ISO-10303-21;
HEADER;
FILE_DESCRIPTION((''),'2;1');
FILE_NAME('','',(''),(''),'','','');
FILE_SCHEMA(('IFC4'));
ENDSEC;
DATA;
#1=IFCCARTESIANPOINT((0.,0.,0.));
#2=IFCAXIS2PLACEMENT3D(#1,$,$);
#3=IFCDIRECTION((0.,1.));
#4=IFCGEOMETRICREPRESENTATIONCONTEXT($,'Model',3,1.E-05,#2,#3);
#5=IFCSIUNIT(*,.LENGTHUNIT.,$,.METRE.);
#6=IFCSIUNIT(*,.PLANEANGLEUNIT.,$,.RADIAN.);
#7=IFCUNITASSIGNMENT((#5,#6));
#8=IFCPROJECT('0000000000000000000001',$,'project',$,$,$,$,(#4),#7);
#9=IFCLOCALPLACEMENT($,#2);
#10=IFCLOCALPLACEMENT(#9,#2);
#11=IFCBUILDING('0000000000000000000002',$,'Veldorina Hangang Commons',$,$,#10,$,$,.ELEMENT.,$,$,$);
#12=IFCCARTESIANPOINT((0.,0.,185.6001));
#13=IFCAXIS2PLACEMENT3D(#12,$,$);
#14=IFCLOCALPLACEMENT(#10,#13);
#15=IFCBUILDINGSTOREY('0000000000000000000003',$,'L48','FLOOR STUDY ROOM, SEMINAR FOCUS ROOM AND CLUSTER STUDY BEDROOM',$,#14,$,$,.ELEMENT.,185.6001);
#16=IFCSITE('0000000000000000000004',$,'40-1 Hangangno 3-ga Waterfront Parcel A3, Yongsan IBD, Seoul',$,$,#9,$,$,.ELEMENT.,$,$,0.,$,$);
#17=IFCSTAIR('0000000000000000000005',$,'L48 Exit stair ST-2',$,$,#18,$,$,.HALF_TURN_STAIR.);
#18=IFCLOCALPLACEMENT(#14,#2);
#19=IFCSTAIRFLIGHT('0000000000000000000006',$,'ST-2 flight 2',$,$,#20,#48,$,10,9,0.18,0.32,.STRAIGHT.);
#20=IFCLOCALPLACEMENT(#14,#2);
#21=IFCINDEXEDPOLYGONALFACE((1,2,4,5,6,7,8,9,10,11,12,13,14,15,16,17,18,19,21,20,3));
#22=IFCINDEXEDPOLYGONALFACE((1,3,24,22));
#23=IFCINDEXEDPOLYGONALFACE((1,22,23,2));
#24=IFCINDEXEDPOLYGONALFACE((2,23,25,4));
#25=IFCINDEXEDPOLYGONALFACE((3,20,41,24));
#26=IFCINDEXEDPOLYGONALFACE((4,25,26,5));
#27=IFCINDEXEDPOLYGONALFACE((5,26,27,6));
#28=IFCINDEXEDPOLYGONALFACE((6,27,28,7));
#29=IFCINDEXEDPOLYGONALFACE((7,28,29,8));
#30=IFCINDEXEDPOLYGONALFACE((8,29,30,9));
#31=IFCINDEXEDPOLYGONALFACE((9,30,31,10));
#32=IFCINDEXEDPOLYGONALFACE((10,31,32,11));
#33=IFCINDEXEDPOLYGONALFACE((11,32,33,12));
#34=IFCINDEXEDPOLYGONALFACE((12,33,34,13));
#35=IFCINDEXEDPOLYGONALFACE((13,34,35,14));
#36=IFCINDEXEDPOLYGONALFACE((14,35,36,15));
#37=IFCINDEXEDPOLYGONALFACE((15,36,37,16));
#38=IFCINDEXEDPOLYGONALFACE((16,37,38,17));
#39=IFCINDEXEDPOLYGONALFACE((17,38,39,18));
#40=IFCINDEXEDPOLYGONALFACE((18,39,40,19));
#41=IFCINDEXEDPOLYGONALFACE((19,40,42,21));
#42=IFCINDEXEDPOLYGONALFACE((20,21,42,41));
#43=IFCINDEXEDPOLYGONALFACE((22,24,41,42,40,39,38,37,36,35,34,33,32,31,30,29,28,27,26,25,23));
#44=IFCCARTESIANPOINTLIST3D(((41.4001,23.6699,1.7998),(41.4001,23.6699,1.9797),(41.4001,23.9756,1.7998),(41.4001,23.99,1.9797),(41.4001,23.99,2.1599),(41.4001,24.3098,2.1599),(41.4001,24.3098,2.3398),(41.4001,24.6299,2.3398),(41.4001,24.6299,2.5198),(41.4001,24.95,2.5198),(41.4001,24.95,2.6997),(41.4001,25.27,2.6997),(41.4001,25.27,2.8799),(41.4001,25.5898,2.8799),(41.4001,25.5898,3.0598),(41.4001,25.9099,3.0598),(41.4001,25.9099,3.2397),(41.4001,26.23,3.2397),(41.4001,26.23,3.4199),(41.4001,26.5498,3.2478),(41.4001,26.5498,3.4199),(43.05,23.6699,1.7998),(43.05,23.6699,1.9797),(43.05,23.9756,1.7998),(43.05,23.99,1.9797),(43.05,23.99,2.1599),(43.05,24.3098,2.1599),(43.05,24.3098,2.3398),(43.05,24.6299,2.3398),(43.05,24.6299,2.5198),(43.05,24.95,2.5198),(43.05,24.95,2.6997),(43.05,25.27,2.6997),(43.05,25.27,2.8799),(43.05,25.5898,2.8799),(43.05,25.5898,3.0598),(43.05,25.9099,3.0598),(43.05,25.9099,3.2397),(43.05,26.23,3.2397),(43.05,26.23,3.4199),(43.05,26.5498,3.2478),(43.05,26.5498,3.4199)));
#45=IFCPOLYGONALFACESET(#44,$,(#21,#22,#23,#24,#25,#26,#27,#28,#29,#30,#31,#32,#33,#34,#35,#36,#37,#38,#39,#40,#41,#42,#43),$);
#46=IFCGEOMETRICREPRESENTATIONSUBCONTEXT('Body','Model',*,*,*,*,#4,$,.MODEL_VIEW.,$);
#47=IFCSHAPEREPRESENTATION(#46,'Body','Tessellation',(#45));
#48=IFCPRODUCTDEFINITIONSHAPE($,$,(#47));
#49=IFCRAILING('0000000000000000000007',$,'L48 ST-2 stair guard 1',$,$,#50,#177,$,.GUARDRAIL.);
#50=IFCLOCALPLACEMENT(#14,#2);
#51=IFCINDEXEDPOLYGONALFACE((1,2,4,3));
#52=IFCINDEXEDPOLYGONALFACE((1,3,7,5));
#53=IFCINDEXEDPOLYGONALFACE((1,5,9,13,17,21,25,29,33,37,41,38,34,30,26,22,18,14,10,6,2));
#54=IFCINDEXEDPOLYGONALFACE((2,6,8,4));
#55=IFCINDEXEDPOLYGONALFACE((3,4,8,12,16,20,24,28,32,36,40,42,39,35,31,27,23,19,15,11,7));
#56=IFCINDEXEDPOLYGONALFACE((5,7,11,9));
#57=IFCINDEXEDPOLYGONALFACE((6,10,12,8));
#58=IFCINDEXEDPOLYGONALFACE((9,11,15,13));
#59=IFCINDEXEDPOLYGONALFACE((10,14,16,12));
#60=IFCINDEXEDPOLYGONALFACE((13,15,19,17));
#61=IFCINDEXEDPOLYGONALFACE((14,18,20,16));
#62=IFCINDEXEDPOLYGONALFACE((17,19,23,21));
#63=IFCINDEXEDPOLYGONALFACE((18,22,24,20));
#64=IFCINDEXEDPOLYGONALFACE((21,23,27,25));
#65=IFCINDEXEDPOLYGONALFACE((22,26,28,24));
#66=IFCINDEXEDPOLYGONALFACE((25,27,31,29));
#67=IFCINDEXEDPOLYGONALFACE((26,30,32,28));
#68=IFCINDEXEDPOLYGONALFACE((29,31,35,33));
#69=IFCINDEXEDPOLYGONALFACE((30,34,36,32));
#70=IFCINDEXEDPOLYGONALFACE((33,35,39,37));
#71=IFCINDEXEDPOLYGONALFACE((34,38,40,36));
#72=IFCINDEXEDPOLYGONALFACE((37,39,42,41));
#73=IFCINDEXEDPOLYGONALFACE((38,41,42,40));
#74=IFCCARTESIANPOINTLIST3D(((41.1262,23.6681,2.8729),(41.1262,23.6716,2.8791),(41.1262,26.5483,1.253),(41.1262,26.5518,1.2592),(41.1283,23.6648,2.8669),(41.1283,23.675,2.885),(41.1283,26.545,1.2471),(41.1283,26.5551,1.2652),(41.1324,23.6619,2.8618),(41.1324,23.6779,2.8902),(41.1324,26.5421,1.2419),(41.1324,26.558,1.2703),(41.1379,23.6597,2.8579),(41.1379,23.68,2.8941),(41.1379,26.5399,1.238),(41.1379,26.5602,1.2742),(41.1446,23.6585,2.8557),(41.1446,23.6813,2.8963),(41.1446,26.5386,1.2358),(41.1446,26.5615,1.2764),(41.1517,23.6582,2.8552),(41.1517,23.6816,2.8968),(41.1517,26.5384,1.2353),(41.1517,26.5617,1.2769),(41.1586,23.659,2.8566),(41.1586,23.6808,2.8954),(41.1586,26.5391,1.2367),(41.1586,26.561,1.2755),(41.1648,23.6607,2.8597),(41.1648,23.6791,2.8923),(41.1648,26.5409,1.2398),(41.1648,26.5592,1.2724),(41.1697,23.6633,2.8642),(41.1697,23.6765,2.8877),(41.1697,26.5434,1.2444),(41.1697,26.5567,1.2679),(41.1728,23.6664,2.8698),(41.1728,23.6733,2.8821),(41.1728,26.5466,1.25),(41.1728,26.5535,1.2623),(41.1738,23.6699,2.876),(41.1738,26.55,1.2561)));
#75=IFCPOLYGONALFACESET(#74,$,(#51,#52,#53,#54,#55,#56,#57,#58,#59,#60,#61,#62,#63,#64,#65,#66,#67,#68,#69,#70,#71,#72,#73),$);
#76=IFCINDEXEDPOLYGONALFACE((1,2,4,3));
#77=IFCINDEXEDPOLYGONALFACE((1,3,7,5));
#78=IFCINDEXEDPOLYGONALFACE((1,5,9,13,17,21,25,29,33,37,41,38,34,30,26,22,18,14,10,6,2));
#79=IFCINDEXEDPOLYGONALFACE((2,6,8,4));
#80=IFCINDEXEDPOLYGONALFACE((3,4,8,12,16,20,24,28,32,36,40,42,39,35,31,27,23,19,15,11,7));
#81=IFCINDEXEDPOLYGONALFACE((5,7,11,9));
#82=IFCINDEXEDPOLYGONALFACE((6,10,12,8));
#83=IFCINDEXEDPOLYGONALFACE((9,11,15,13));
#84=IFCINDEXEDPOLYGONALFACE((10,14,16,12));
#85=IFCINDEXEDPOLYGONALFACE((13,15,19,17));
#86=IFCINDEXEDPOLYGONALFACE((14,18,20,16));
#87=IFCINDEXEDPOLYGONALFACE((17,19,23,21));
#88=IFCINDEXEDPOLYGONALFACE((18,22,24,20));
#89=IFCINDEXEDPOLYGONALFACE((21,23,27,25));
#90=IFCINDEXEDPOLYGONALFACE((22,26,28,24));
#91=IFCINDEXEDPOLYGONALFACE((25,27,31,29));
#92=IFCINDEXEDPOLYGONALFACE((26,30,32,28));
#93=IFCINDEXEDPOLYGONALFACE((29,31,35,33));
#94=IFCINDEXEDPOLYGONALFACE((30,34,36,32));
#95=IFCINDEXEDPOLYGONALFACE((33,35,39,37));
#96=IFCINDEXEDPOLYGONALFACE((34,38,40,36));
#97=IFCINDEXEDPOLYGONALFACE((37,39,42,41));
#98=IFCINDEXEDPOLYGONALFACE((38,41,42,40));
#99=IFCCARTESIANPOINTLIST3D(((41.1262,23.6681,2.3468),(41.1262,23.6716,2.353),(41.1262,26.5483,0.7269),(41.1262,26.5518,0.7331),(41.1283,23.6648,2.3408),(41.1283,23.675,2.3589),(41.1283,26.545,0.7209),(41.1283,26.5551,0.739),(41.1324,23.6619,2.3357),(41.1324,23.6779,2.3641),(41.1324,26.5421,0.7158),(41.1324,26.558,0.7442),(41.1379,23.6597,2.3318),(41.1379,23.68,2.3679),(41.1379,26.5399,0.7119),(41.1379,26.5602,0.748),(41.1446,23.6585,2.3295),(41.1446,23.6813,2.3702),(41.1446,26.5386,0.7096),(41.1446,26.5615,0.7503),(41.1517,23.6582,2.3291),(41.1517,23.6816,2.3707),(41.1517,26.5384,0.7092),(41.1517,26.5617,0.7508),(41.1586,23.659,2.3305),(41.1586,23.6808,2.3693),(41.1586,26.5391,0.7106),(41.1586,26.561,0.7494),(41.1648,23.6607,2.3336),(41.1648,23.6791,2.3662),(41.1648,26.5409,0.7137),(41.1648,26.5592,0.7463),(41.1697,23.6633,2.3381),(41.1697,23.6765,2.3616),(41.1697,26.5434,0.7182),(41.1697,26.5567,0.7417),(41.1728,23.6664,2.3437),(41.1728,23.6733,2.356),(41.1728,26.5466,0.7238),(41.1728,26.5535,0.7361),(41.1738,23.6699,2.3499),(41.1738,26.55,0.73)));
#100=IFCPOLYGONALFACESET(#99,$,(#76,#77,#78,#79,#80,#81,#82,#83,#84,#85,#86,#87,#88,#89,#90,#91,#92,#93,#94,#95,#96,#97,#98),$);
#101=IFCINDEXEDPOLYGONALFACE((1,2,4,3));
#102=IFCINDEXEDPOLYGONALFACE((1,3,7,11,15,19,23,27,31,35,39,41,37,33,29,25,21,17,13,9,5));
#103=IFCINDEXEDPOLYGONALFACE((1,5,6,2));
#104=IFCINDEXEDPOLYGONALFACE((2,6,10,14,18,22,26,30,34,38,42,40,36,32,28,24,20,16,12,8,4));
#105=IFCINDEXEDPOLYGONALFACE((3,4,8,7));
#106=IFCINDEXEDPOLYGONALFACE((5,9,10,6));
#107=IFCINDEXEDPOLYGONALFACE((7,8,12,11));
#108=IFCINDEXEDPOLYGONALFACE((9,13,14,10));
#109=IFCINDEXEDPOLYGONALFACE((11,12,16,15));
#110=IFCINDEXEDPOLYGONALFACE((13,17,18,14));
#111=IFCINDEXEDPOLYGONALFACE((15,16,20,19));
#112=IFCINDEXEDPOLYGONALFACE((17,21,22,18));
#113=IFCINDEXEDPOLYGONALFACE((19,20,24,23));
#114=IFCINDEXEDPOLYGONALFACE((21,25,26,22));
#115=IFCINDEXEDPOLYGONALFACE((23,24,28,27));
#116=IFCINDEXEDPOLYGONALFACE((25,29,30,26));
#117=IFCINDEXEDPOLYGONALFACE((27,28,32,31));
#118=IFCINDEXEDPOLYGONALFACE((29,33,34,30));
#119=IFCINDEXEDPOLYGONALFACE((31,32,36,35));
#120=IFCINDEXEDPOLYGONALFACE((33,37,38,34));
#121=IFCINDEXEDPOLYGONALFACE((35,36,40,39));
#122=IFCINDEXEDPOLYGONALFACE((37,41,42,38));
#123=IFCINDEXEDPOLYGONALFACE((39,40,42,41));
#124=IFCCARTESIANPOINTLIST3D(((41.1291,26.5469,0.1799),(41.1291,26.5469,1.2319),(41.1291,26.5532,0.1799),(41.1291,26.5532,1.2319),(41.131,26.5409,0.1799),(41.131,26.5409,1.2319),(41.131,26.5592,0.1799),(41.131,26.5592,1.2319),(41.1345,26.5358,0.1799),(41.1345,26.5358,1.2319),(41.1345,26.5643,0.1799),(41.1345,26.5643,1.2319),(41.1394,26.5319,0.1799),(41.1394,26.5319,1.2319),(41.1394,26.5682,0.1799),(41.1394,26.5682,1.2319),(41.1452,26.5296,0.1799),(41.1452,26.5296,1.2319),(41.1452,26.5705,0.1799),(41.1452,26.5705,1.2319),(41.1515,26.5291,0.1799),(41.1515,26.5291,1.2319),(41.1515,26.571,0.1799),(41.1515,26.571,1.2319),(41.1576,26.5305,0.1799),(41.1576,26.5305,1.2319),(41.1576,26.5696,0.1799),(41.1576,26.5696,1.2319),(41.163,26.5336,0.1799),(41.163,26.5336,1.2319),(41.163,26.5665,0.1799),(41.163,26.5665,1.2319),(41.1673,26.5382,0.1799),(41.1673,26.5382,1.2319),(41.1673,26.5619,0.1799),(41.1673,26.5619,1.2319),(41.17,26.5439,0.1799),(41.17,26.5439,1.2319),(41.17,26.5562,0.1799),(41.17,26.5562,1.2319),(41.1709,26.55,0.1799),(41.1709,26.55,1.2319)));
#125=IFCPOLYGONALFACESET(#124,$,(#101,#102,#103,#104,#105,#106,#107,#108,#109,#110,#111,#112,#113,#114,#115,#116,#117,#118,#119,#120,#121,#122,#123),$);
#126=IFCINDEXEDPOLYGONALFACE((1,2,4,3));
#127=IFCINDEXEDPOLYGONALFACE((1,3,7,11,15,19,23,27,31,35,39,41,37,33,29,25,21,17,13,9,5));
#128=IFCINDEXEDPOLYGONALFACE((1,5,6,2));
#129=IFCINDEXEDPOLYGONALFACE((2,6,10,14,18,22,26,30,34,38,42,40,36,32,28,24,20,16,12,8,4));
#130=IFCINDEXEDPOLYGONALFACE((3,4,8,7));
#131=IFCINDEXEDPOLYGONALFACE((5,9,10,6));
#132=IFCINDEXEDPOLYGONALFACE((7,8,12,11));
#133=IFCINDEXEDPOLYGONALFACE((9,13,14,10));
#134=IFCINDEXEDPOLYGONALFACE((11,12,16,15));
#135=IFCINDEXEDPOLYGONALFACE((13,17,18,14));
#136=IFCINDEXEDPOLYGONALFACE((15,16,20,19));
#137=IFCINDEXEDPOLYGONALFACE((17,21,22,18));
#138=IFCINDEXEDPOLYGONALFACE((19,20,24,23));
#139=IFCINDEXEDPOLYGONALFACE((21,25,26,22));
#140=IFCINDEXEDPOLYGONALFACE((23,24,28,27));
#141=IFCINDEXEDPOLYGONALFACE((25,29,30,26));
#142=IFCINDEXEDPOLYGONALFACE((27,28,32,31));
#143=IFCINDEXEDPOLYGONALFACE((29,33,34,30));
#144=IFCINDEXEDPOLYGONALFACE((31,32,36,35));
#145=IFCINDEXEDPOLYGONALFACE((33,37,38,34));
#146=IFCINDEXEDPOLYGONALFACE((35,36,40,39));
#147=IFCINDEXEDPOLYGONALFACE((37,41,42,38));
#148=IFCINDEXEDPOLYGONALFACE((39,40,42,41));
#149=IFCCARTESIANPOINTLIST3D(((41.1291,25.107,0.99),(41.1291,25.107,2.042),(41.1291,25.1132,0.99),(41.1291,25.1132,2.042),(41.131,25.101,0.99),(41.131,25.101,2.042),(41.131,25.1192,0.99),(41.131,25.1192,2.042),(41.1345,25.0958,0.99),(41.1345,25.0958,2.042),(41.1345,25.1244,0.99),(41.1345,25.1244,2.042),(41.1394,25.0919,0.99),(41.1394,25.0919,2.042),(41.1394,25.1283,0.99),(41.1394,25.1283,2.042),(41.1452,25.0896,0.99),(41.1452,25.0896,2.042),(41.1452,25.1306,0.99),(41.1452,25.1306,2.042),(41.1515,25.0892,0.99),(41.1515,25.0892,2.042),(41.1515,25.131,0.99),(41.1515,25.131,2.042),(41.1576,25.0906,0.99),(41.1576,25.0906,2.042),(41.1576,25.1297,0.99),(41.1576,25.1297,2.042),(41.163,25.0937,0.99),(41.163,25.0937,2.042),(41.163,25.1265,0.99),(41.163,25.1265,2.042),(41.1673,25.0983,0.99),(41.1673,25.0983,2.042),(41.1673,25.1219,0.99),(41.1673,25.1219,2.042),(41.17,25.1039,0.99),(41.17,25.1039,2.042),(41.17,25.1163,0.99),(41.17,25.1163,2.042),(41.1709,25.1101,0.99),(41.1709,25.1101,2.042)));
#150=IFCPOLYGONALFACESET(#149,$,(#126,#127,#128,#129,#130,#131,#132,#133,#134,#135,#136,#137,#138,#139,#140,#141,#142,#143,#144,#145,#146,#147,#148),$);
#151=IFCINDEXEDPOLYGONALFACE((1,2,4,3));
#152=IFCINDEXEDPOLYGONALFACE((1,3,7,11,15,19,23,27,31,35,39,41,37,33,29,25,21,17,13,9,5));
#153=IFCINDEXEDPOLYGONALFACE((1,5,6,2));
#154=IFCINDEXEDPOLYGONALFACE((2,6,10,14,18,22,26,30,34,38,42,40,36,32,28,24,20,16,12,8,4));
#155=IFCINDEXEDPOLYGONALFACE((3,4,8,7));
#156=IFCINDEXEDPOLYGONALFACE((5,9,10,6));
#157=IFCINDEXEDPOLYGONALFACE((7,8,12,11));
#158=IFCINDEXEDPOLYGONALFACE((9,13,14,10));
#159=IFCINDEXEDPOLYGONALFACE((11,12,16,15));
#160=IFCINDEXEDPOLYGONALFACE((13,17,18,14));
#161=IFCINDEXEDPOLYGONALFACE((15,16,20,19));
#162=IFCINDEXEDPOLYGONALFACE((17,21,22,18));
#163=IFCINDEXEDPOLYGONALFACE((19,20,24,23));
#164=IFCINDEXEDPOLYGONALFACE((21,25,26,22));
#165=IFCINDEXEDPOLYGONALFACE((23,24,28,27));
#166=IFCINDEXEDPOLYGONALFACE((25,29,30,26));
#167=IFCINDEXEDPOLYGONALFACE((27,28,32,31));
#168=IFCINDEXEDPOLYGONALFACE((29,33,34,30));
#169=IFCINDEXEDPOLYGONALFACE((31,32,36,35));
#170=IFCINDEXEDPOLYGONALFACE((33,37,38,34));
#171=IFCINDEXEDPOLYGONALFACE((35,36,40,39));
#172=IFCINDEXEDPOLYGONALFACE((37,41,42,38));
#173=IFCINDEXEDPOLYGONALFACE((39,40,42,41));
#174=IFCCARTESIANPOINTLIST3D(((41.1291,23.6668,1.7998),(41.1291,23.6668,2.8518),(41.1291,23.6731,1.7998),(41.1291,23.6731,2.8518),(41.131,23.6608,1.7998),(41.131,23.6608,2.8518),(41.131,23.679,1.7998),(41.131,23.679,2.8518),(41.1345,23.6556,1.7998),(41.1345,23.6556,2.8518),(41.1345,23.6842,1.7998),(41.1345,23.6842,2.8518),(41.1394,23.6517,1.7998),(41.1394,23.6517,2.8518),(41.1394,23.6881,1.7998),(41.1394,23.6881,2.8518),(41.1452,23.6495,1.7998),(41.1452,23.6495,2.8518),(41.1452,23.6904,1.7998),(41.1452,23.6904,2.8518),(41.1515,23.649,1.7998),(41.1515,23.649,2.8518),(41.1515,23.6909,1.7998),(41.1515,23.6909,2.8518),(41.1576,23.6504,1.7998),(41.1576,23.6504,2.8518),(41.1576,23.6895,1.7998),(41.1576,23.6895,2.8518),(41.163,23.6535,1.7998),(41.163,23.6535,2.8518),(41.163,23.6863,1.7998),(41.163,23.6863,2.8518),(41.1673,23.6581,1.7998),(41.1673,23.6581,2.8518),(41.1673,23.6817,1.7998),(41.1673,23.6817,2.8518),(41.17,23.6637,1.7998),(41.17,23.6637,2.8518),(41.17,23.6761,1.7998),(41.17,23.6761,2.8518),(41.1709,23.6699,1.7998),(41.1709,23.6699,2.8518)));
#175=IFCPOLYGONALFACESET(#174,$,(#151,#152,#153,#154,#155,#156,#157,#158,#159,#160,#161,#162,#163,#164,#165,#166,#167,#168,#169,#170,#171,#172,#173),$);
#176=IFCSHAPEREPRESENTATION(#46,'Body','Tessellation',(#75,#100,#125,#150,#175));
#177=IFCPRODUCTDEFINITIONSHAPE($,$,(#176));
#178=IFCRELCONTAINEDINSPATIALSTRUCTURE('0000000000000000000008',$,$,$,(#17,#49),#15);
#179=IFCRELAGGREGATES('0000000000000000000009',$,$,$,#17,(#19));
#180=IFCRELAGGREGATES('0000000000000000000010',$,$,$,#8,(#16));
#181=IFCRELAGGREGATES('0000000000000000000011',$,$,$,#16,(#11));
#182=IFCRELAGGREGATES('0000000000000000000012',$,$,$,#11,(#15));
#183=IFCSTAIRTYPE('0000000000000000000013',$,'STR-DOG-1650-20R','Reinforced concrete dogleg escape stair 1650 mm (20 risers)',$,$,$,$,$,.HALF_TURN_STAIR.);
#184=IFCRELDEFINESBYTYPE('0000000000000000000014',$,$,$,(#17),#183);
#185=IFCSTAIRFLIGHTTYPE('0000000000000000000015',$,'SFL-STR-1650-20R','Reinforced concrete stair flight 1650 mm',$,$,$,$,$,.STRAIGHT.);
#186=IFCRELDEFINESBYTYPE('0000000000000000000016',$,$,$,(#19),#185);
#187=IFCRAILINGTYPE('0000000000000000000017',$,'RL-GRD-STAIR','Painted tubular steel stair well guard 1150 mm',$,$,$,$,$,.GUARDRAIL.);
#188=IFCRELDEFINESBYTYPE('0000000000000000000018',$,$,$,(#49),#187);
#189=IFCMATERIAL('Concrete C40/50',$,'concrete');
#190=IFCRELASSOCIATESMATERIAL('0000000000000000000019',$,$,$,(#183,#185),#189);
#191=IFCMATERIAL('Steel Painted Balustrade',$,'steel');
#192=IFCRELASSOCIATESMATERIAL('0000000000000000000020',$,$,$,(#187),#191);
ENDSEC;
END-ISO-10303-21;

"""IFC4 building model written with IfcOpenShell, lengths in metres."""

from ifc_helpers import new_model, si_unit, direction, frame, origin, origin_2d, place, context, subcontext, project, spatial, polyline, circle, outline, extrude, material, type_object, element, aggregate, save


model = new_model("IFC4")

# Units and contexts
model_context = context("Model", 3, precision=1e-05, world=origin(), true_north=direction((0.0, 1.0)))
body_context = subcontext(model_context, "Body", "Model", "MODEL_VIEW")
ifc_project = project(units=[si_unit("LENGTHUNIT", "METRE"), si_unit("PLANEANGLEUNIT", "RADIAN")], contexts=[model_context])

# Site, building, storey
site_placement = place(None, origin())
site = spatial("IfcSite", under=ifc_project, at=site_placement, Name="40-1 Hangangno 3-ga Waterfront Parcel A3, Yongsan IBD, Seoul", CompositionType="ELEMENT", RefElevation=0.0)
building_placement = place(site_placement, origin())
building = spatial("IfcBuilding", under=site, at=building_placement, Name="Veldorina Hangang Commons", CompositionType="ELEMENT")
storey_placement = place(building_placement, frame((0.0, 0.0, 185.6001)))
storey = spatial("IfcBuildingStorey", under=building, at=storey_placement, Name="L48", Description="FLOOR STUDY ROOM, SEMINAR FOCUS ROOM AND CLUSTER STUDY BEDROOM", CompositionType="ELEMENT", Elevation=185.6001)

# Stair, stair flight
ifc_material_1 = material(Name="Concrete C40/50", Category="concrete")
stair_type = type_object("IfcStairType", Name="STR-DOG-1650-20R", Description="Reinforced concrete dogleg escape stair 1650 mm (20 risers)", PredefinedType="HALF_TURN_STAIR", material=ifc_material_1)
stair_placement = place(storey_placement, origin())
stair = element("IfcStair", 1, at=stair_placement, inside=storey, type_object=stair_type, Name="L48 Exit stair ST-2", PredefinedType="HALF_TURN_STAIR")
stair_flight_type = type_object("IfcStairFlightType", Name="SFL-STR-1650-20R", Description="Reinforced concrete stair flight 1650 mm", PredefinedType="STRAIGHT", material=ifc_material_1)
stair_flight_1_placement = place(storey_placement, frame((42.2251, 23.6699, 1.7998), z_axis=(0.0, 0.0, 1.0), x_axis=(0.0, 1.0, 0.0)))
stair_flight_1 = element("IfcStairFlight", 2, at=stair_flight_1_placement, type_object=stair_flight_type, Name="ST-2 flight 2", NumberOfRisers=10, NumberOfTreads=9, PredefinedType="STRAIGHT", RiserHeight=0.18, TreadLength=0.32, context=body_context, shape_type="SweptSolid", body=[
    extrude(outline(polyline([(0.0, 0.0), (0.0, 0.1799), (0.3201, 0.1799), (0.3201, 0.3601), (0.6399, 0.3601), (0.6399, 0.54), (0.96, 0.54), (0.96, 0.72), (1.28, 0.72), (1.28, 0.8999), (1.6001, 0.8999), (1.6001, 1.0801), (1.9199, 1.0801), (1.9199, 1.26), (2.24, 1.26), (2.24, 1.4399), (2.5601, 1.4399), (2.5601, 1.6201), (2.8799, 1.6201), (2.8799, 1.8), (2.8799, 1.448), (0.3057, 0.0), (0.0, 0.0)])), frame((0.0, 0.825, 0.0), z_axis=(0.0, -1.0, 0.0), x_axis=(1.0, 0.0, 0.0)), (0.0, 0.0, 1.0), 1.6499),
])
aggregate(stair, [stair_flight_1])

# Railing
ifc_material_2 = material(Name="Steel Painted Balustrade", Category="steel")
railing_type_1 = type_object("IfcRailingType", Name="RL-GRD-STAIR", Description="Painted tubular steel stair well guard 1150 mm", PredefinedType="GUARDRAIL", material=ifc_material_2)
railing_1_placement = place(storey_placement, frame((41.1499, 26.55, 0.1799)))
element("IfcRailing", 3, at=railing_1_placement, inside=storey, type_object=railing_type_1, Name="L48 ST-2 stair guard 1", PredefinedType="GUARDRAIL", context=body_context, shape_type="SweptSolid", body=[
    extrude(circle(Radius=0.0239, at=origin_2d()), frame((0.0, 0.0, 1.0762), z_axis=(0.0, -0.871601, 0.490216), x_axis=(1.0, 0.0, 0.0)), (0.0, 0.0, 1.0), 3.3044),
    extrude(circle(Radius=0.0239, at=origin_2d()), frame((0.0, 0.0, 0.55), z_axis=(0.0, -0.871601, 0.490216), x_axis=(1.0, 0.0, 0.0)), (0.0, 0.0, 1.0), 3.3044),
    extrude(circle(Radius=0.021, at=origin_2d()), origin(), (0.0, 0.0, 1.0), 1.052),
    extrude(circle(Radius=0.021, at=origin_2d()), frame((0.0, -1.4399, 0.8101)), (0.0, 0.0, 1.0), 1.052),
    extrude(circle(Radius=0.021, at=origin_2d()), frame((0.0, -2.8801, 1.6199)), (0.0, 0.0, 1.0), 1.052),
])

save(model, "model.ifc")
